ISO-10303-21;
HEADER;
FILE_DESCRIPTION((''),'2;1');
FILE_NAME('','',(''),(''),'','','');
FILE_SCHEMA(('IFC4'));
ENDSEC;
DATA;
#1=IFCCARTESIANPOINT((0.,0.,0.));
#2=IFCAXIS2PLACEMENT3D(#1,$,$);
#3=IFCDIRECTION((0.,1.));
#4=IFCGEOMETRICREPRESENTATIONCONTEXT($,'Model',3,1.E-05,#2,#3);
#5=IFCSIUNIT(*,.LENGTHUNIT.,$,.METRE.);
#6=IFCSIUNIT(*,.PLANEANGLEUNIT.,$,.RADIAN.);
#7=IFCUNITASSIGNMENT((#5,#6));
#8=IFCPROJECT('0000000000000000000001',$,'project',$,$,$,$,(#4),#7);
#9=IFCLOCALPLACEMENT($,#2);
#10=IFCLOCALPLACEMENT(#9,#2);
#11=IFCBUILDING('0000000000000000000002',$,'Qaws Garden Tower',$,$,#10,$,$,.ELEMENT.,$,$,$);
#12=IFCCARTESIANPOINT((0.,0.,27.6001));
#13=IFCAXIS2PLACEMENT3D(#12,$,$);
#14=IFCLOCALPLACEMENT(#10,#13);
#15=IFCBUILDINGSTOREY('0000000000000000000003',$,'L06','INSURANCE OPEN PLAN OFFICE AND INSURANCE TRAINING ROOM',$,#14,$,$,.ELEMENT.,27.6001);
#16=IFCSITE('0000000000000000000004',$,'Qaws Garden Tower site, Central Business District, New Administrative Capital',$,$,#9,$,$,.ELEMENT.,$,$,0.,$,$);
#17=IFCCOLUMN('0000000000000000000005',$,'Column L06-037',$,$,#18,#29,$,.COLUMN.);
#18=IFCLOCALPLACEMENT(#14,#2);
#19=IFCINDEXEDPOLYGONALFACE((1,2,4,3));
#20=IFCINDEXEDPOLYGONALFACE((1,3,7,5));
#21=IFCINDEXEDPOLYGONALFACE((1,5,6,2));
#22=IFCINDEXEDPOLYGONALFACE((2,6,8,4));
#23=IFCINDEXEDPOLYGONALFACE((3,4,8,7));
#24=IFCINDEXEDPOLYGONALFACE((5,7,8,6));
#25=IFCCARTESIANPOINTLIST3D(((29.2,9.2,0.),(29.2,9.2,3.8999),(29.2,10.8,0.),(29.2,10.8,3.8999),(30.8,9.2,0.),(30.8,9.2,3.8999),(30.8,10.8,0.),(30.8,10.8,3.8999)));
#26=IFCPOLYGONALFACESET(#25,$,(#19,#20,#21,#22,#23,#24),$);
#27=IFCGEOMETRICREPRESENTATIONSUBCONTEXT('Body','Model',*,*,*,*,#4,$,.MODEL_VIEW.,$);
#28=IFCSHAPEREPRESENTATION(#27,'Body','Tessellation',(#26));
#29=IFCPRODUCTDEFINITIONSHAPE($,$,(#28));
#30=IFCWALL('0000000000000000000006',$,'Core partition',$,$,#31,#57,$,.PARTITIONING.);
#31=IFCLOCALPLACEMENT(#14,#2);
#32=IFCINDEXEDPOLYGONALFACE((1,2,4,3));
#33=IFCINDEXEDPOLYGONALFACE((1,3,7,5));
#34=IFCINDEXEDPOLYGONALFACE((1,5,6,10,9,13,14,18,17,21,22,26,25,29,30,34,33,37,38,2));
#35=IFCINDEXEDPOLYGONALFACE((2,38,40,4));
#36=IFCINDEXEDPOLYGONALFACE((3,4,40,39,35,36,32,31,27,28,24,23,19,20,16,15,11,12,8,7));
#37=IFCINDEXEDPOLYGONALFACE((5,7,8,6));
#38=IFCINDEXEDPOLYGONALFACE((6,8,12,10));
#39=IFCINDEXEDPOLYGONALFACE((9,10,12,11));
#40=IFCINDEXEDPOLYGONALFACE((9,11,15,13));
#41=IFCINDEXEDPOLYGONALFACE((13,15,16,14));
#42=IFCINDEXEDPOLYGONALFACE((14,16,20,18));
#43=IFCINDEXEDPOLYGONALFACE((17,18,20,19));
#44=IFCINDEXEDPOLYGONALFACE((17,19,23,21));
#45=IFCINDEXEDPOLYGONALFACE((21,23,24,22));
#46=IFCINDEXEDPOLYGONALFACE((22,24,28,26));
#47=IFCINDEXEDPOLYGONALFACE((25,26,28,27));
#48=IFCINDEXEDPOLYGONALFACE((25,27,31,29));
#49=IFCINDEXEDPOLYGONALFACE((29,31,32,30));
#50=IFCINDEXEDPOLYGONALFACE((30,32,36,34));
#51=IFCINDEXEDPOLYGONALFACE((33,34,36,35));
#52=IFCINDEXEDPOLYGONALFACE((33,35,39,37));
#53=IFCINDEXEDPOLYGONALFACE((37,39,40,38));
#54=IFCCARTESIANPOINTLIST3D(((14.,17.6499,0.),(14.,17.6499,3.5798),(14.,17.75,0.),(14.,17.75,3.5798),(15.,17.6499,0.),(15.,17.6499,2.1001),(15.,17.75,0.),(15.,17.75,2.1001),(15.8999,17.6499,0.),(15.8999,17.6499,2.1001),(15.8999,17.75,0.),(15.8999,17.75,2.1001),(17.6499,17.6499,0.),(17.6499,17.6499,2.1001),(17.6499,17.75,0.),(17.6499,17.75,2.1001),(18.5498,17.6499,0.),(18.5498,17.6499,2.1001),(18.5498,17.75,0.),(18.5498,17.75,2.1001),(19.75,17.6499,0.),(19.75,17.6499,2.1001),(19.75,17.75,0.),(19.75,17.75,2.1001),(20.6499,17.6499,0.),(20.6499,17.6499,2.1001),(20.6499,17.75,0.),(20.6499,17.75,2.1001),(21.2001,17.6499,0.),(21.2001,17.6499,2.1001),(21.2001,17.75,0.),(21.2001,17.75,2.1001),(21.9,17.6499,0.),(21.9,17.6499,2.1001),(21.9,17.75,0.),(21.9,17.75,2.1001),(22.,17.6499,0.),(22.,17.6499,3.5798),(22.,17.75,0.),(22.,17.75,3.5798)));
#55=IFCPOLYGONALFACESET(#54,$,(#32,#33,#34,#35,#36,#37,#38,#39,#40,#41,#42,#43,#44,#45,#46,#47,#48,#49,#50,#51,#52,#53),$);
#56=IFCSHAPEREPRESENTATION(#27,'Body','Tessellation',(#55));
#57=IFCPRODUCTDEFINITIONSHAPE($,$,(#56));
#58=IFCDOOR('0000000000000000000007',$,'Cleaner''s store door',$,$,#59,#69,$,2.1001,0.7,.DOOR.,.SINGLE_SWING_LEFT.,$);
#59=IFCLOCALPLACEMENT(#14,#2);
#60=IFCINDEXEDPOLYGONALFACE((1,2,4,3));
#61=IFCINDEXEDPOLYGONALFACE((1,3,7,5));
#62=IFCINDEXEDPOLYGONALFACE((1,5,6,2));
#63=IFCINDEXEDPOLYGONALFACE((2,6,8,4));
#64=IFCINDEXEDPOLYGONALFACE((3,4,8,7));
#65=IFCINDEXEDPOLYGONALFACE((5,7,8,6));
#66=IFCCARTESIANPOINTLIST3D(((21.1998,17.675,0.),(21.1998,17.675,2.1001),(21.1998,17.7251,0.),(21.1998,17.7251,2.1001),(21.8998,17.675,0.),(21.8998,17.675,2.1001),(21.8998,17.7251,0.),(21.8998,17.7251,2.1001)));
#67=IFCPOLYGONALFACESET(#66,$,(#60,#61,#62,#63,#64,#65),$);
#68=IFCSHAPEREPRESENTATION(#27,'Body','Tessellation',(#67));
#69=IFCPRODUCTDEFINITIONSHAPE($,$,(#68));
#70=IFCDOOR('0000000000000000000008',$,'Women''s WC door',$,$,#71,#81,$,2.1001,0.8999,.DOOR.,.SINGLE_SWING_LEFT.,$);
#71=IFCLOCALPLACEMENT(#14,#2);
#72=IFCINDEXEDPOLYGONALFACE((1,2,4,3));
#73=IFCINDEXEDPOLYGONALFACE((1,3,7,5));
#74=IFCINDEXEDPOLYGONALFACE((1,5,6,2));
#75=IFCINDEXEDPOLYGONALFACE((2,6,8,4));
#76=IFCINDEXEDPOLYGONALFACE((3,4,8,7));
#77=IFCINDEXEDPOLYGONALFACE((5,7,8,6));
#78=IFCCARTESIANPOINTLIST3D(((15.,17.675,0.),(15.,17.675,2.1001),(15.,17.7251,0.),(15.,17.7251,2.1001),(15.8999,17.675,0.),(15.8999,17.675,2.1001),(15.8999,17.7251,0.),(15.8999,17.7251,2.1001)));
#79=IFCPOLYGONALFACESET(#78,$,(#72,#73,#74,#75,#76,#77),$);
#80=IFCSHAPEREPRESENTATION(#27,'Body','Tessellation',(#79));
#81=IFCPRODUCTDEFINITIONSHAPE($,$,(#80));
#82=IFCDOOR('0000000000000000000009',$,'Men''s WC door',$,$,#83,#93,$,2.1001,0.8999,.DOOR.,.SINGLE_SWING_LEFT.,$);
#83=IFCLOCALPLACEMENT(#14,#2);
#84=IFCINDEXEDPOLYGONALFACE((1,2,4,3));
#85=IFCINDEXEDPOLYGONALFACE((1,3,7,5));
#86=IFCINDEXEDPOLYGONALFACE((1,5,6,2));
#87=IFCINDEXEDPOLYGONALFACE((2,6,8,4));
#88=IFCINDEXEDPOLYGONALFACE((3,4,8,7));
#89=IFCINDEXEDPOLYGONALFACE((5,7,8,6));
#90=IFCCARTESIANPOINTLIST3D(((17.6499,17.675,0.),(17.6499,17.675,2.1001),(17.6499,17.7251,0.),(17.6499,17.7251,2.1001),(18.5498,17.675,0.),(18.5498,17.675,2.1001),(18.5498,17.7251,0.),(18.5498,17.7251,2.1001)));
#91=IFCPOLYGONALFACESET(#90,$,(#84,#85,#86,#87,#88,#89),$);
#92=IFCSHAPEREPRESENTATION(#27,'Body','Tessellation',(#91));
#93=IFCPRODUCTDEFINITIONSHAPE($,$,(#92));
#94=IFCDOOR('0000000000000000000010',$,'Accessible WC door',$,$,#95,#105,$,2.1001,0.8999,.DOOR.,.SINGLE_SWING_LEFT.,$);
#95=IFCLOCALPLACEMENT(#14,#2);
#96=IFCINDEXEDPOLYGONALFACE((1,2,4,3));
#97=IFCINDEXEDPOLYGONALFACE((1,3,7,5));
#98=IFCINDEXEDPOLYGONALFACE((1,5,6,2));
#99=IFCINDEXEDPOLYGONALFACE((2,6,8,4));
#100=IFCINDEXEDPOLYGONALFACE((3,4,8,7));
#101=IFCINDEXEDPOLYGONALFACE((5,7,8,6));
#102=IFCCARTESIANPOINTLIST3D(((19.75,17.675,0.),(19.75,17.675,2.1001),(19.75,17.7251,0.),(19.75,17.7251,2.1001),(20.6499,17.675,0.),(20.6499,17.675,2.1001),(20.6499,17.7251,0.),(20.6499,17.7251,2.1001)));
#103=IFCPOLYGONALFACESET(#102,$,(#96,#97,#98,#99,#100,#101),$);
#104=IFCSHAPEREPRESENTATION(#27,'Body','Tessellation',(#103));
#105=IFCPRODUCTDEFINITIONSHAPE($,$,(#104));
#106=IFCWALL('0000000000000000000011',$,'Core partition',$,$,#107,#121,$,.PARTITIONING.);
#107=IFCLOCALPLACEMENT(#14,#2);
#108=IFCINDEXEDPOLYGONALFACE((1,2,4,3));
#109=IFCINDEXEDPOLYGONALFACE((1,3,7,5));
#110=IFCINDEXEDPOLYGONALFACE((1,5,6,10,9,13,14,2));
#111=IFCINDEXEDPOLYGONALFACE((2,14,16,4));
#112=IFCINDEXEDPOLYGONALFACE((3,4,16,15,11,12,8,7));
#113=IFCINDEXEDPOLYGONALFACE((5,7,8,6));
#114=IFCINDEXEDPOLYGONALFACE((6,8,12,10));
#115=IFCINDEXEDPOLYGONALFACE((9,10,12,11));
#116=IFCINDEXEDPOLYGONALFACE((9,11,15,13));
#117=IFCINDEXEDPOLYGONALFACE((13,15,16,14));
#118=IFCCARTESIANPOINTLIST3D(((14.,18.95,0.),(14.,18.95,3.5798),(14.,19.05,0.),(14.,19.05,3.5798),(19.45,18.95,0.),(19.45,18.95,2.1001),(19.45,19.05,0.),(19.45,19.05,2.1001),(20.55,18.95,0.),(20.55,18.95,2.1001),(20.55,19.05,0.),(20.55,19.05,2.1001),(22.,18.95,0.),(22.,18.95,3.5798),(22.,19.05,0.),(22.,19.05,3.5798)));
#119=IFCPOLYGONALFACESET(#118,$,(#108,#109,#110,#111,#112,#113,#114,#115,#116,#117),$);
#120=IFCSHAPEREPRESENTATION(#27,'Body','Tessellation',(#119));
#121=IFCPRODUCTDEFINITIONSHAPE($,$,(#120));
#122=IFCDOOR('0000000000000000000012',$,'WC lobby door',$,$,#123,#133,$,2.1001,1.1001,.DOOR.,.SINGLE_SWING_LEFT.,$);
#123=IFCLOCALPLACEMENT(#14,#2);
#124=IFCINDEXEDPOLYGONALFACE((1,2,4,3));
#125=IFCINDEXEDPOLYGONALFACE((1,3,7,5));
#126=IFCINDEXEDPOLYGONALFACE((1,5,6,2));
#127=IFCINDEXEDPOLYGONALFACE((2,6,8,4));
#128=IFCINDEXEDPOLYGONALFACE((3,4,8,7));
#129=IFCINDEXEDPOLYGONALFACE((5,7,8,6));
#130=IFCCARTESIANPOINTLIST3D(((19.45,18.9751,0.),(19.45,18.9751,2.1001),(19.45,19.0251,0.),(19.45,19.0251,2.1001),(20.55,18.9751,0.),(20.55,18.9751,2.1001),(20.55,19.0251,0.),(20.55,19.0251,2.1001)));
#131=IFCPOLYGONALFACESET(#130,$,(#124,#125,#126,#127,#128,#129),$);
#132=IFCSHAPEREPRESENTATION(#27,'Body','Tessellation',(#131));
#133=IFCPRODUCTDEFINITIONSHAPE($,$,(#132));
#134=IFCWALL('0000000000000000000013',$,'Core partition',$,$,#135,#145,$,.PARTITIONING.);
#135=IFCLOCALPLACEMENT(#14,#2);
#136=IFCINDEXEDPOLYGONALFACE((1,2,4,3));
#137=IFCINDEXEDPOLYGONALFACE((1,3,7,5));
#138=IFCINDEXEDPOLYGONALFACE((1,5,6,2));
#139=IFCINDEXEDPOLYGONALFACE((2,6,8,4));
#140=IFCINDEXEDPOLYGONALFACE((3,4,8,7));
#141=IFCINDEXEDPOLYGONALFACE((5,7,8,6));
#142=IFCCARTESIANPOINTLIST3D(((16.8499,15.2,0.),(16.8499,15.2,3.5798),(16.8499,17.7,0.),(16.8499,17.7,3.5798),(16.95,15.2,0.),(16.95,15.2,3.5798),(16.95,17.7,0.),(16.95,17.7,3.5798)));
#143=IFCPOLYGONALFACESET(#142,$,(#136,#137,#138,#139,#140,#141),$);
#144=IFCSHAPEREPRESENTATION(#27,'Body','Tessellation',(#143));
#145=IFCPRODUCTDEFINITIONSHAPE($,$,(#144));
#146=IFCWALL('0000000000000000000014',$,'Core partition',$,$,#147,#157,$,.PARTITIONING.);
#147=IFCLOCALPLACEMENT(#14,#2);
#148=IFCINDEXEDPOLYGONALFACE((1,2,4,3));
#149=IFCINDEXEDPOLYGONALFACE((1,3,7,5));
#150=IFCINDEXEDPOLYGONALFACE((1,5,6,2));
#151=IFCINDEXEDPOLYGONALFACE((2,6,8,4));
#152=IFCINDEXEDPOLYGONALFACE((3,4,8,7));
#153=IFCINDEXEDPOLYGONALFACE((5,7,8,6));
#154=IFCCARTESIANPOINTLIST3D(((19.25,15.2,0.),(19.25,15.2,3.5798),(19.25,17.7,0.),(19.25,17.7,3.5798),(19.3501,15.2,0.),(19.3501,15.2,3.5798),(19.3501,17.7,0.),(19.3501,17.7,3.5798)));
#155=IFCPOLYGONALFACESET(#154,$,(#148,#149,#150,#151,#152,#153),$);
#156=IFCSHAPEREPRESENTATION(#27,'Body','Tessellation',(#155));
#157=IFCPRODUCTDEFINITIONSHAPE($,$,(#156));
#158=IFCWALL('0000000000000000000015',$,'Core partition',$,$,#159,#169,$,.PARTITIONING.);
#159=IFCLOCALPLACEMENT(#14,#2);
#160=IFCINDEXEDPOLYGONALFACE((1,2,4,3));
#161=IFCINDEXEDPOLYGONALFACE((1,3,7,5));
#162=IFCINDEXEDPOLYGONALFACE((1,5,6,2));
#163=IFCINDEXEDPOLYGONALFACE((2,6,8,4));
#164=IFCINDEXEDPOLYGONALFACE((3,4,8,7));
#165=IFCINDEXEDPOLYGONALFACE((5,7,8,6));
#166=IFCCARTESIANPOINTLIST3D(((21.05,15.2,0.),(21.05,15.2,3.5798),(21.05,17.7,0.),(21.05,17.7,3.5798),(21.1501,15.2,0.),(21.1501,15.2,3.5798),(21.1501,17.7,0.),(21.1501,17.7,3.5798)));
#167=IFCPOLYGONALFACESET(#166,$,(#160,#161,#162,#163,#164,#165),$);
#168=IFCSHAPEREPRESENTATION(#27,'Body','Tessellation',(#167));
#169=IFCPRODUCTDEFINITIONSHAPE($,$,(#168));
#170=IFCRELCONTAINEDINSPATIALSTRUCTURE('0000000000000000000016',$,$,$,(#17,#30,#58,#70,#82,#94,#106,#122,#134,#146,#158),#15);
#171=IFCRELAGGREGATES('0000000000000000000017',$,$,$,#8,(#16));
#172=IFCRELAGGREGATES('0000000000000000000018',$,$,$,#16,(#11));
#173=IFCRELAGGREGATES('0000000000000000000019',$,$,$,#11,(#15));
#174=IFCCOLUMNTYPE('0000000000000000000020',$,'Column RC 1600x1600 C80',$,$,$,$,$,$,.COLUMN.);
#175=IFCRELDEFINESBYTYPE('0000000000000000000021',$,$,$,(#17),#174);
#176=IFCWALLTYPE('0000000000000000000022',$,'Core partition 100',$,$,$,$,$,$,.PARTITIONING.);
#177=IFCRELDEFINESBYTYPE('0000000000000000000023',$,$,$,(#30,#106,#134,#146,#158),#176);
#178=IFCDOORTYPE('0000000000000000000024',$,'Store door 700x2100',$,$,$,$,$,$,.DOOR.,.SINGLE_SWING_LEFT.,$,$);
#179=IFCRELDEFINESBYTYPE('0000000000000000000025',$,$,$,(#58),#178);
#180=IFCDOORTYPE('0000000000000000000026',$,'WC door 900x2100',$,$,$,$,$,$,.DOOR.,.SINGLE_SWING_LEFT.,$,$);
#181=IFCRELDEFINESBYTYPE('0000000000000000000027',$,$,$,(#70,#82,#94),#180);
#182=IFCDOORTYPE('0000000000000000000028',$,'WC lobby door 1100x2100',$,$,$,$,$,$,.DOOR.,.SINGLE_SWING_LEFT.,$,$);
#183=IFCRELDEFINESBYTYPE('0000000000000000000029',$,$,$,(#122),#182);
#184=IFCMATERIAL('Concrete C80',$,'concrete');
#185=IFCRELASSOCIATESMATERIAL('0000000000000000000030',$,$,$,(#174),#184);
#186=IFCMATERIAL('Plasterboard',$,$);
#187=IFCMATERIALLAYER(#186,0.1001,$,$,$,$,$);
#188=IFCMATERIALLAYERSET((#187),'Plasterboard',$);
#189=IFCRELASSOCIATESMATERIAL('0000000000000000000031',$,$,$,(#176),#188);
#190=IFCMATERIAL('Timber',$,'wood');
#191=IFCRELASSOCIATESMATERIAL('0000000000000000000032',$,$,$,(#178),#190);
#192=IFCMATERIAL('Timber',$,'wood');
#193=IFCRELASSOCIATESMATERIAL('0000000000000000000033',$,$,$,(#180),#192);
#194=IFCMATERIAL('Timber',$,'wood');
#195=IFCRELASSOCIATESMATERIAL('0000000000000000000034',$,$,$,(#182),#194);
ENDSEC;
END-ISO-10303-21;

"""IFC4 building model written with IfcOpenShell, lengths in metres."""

from ifc_helpers import new_model, si_unit, direction, frame, frame_2d, origin, origin_2d, place, context, subcontext, project, spatial, rectangle, extrude, material, layer, layer_set, material_profile, profile_set, type_object, element, fill, save


model = new_model("IFC4")

# Units and contexts
model_context = context("Model", 3, precision=1e-05, world=origin(), true_north=direction((0.0, 1.0)))
body_context = subcontext(model_context, "Body", "Model", "MODEL_VIEW")
ifc_project = project(units=[si_unit("LENGTHUNIT", "METRE"), si_unit("PLANEANGLEUNIT", "RADIAN")], contexts=[model_context])

# Site, building, storey
site_placement = place(None, origin())
site = spatial("IfcSite", under=ifc_project, at=site_placement, Name="Qaws Garden Tower site, Central Business District, New Administrative Capital", CompositionType="ELEMENT", RefElevation=0.0)
building_placement = place(site_placement, origin())
building = spatial("IfcBuilding", under=site, at=building_placement, Name="Qaws Garden Tower", CompositionType="ELEMENT")
storey_placement = place(building_placement, frame((0.0, 0.0, 27.6001)))
storey = spatial("IfcBuildingStorey", under=building, at=storey_placement, Name="L06", Description="INSURANCE OPEN PLAN OFFICE AND INSURANCE TRAINING ROOM", CompositionType="ELEMENT", Elevation=27.6001)

# Column
ifc_material_1 = material(Name="Concrete C80", Category="concrete")
ifc_material_profile = material_profile(ifc_material_1, rectangle(XDim=1.6001, YDim=1.6001, at=origin_2d()), Name="RC 1600x1600")
ifc_profile_set = profile_set([ifc_material_profile], Name="Concrete C80")
column_type = type_object("IfcColumnType", Name="Column RC 1600x1600 C80", PredefinedType="COLUMN", material=ifc_profile_set)
column_placement = place(storey_placement, frame((30.0, 10.0, 0.0), z_axis=(0.0, 0.0, 1.0), x_axis=(1.0, 0.0, 0.0)))
element("IfcColumn", 1, at=column_placement, inside=storey, type_object=column_type, Name="Column L06-037", PredefinedType="COLUMN", context=body_context, shape_type="SweptSolid", body=[
    extrude(rectangle(XDim=1.6001, YDim=1.6001, at=origin_2d()), origin(), (0.0, 0.0, 1.0), 3.8999),
])

# Wall, openings, doors
ifc_material_2 = material(Name="Plasterboard")
ifc_layer_1 = layer(ifc_material_2, 0.1001)
ifc_layer_set_1 = layer_set([ifc_layer_1], Name="Plasterboard")
wall_type_1 = type_object("IfcWallType", Name="Core partition 100", PredefinedType="PARTITIONING", material=ifc_layer_set_1)
wall_1_placement = place(storey_placement, frame((14.0, 17.7, 0.0), z_axis=(0.0, 0.0, 1.0), x_axis=(1.0, 0.0, 0.0)))
wall_1 = element("IfcWall", 2, at=wall_1_placement, inside=storey, type_object=wall_type_1, Name="Core partition", PredefinedType="PARTITIONING", context=body_context, shape_type="SweptSolid", body=[
    extrude(rectangle(XDim=8.0, YDim=0.1001, at=frame_2d((4.0, 0.0))), origin(), (0.0, 0.0, 1.0), 3.5798),
])
opening_1_placement = place(wall_1_placement, frame((1.0, 0.0, 0.0)))
opening_1 = element("IfcOpeningElement", 3, at=opening_1_placement, cuts=wall_1, PredefinedType="OPENING", context=body_context, shape_type="SweptSolid", body=[
    extrude(rectangle(XDim=0.8999, YDim=2.1001, at=frame_2d((0.45, 1.05))), frame((0.0, 0.0601, 0.0), z_axis=(0.0, -1.0, 0.0), x_axis=(1.0, 0.0, 0.0)), (0.0, 0.0, 1.0), 0.1201),
])
opening_2_placement = place(wall_1_placement, frame((3.6499, 0.0, 0.0)))
opening_2 = element("IfcOpeningElement", 4, at=opening_2_placement, cuts=wall_1, PredefinedType="OPENING", context=body_context, shape_type="SweptSolid", body=[
    extrude(rectangle(XDim=0.8999, YDim=2.1001, at=frame_2d((0.45, 1.05))), frame((0.0, 0.0601, 0.0), z_axis=(0.0, -1.0, 0.0), x_axis=(1.0, 0.0, 0.0)), (0.0, 0.0, 1.0), 0.1201),
])
opening_3_placement = place(wall_1_placement, frame((5.75, 0.0, 0.0)))
opening_3 = element("IfcOpeningElement", 5, at=opening_3_placement, cuts=wall_1, PredefinedType="OPENING", context=body_context, shape_type="SweptSolid", body=[
    extrude(rectangle(XDim=0.8999, YDim=2.1001, at=frame_2d((0.45, 1.05))), frame((0.0, 0.0601, 0.0), z_axis=(0.0, -1.0, 0.0), x_axis=(1.0, 0.0, 0.0)), (0.0, 0.0, 1.0), 0.1201),
])
opening_4_placement = place(wall_1_placement, frame((7.2, 0.0, 0.0)))
opening_4 = element("IfcOpeningElement", 6, at=opening_4_placement, cuts=wall_1, PredefinedType="OPENING", context=body_context, shape_type="SweptSolid", body=[
    extrude(rectangle(XDim=0.7, YDim=2.1001, at=frame_2d((0.3501, 1.05))), frame((0.0, 0.0601, 0.0), z_axis=(0.0, -1.0, 0.0), x_axis=(1.0, 0.0, 0.0)), (0.0, 0.0, 1.0), 0.1201),
])
ifc_material_3 = material(Name="Timber", Category="wood")
door_type_1 = type_object("IfcDoorType", Name="Store door 700x2100", OperationType="SINGLE_SWING_LEFT", PredefinedType="DOOR", material=ifc_material_3)
door_1_placement = place(opening_4_placement, frame((0.7, 0.0, 0.0), z_axis=(0.0, 0.0, 1.0), x_axis=(-1.0, 0.0, 0.0)))
door_1 = element("IfcDoor", 7, at=door_1_placement, inside=storey, type_object=door_type_1, Name="Cleaner's store door", OperationType="SINGLE_SWING_LEFT", OverallHeight=2.1001, OverallWidth=0.7, PredefinedType="DOOR", context=body_context, shape_type="SweptSolid", body=[
    extrude(rectangle(XDim=0.7, YDim=2.1001, at=frame_2d((0.3501, 1.05))), frame((0.0, 0.0249, 0.0), z_axis=(0.0, -1.0, 0.0), x_axis=(1.0, 0.0, 0.0)), (0.0, 0.0, 1.0), 0.05),
])
fill(opening_4, door_1)
ifc_material_4 = material(Name="Timber", Category="wood")
door_type_2 = type_object("IfcDoorType", Name="WC door 900x2100", OperationType="SINGLE_SWING_LEFT", PredefinedType="DOOR", material=ifc_material_4)
door_2_placement = place(opening_1_placement, frame((0.8999, 0.0, 0.0), z_axis=(0.0, 0.0, 1.0), x_axis=(-1.0, 0.0, 0.0)))
door_2 = element("IfcDoor", 8, at=door_2_placement, inside=storey, type_object=door_type_2, Name="Women's WC door", OperationType="SINGLE_SWING_LEFT", OverallHeight=2.1001, OverallWidth=0.8999, PredefinedType="DOOR", context=body_context, shape_type="SweptSolid", body=[
    extrude(rectangle(XDim=0.8999, YDim=2.1001, at=frame_2d((0.45, 1.05))), frame((0.0, 0.0249, 0.0), z_axis=(0.0, -1.0, 0.0), x_axis=(1.0, 0.0, 0.0)), (0.0, 0.0, 1.0), 0.05),
])
fill(opening_1, door_2)
door_3_placement = place(opening_2_placement, frame((0.8999, 0.0, 0.0), z_axis=(0.0, 0.0, 1.0), x_axis=(-1.0, 0.0, 0.0)))
door_3 = element("IfcDoor", 9, at=door_3_placement, inside=storey, type_object=door_type_2, Name="Men's WC door", OperationType="SINGLE_SWING_LEFT", OverallHeight=2.1001, OverallWidth=0.8999, PredefinedType="DOOR", context=body_context, shape_type="SweptSolid", body=[
    extrude(rectangle(XDim=0.8999, YDim=2.1001, at=frame_2d((0.45, 1.05))), frame((0.0, 0.0249, 0.0), z_axis=(0.0, -1.0, 0.0), x_axis=(1.0, 0.0, 0.0)), (0.0, 0.0, 1.0), 0.05),
])
fill(opening_2, door_3)
door_4_placement = place(opening_3_placement, frame((0.8999, 0.0, 0.0), z_axis=(0.0, 0.0, 1.0), x_axis=(-1.0, 0.0, 0.0)))
door_4 = element("IfcDoor", 10, at=door_4_placement, inside=storey, type_object=door_type_2, Name="Accessible WC door", OperationType="SINGLE_SWING_LEFT", OverallHeight=2.1001, OverallWidth=0.8999, PredefinedType="DOOR", context=body_context, shape_type="SweptSolid", body=[
    extrude(rectangle(XDim=0.8999, YDim=2.1001, at=frame_2d((0.45, 1.05))), frame((0.0, 0.0249, 0.0), z_axis=(0.0, -1.0, 0.0), x_axis=(1.0, 0.0, 0.0)), (0.0, 0.0, 1.0), 0.05),
])
fill(opening_3, door_4)

# Wall, opening, door
wall_2_placement = place(storey_placement, frame((14.0, 19.0, 0.0), z_axis=(0.0, 0.0, 1.0), x_axis=(1.0, 0.0, 0.0)))
wall_2 = element("IfcWall", 11, at=wall_2_placement, inside=storey, type_object=wall_type_1, Name="Core partition", PredefinedType="PARTITIONING", context=body_context, shape_type="SweptSolid", body=[
    extrude(rectangle(XDim=8.0, YDim=0.1001, at=frame_2d((4.0, 0.0))), origin(), (0.0, 0.0, 1.0), 3.5798),
])
opening_5_placement = place(wall_2_placement, frame((5.45, 0.0, 0.0)))
opening_5 = element("IfcOpeningElement", 12, at=opening_5_placement, cuts=wall_2, PredefinedType="OPENING", context=body_context, shape_type="SweptSolid", body=[
    extrude(rectangle(XDim=1.1001, YDim=2.1001, at=frame_2d((0.55, 1.05))), frame((0.0, 0.0601, 0.0), z_axis=(0.0, -1.0, 0.0), x_axis=(1.0, 0.0, 0.0)), (0.0, 0.0, 1.0), 0.1201),
])
ifc_material_5 = material(Name="Timber", Category="wood")
door_type_3 = type_object("IfcDoorType", Name="WC lobby door 1100x2100", OperationType="SINGLE_SWING_LEFT", PredefinedType="DOOR", material=ifc_material_5)
door_5_placement = place(opening_5_placement, frame((1.1001, 0.0, 0.0), z_axis=(0.0, 0.0, 1.0), x_axis=(-1.0, 0.0, 0.0)))
door_5 = element("IfcDoor", 13, at=door_5_placement, inside=storey, type_object=door_type_3, Name="WC lobby door", OperationType="SINGLE_SWING_LEFT", OverallHeight=2.1001, OverallWidth=1.1001, PredefinedType="DOOR", context=body_context, shape_type="SweptSolid", body=[
    extrude(rectangle(XDim=1.1001, YDim=2.1001, at=frame_2d((0.55, 1.05))), frame((0.0, 0.0249, 0.0), z_axis=(0.0, -1.0, 0.0), x_axis=(1.0, 0.0, 0.0)), (0.0, 0.0, 1.0), 0.05),
])
fill(opening_5, door_5)

# Walls
for number, where, z_axis, x_axis, name in (
    (14, (16.8999, 15.2, 0.0), (0.0, 0.0, 1.0), (0.0, 1.0, 0.0), "Core partition"),
    (15, (19.3, 15.2, 0.0), (0.0, 0.0, 1.0), (0.0, 1.0, 0.0), "Core partition"),
    (16, (21.1001, 15.2, 0.0), (0.0, 0.0, 1.0), (0.0, 1.0, 0.0), "Core partition"),
):
    element("IfcWall", number, at=place(storey_placement, frame(where, z_axis=z_axis, x_axis=x_axis)), inside=storey, type_object=wall_type_1, Name=name, PredefinedType="PARTITIONING", context=body_context, shape_type="SweptSolid", body=[
        extrude(rectangle(XDim=2.5, YDim=0.1001, at=frame_2d((1.25, 0.0))), origin(), (0.0, 0.0, 1.0), 3.5798),
    ])

save(model, "model.ifc")
